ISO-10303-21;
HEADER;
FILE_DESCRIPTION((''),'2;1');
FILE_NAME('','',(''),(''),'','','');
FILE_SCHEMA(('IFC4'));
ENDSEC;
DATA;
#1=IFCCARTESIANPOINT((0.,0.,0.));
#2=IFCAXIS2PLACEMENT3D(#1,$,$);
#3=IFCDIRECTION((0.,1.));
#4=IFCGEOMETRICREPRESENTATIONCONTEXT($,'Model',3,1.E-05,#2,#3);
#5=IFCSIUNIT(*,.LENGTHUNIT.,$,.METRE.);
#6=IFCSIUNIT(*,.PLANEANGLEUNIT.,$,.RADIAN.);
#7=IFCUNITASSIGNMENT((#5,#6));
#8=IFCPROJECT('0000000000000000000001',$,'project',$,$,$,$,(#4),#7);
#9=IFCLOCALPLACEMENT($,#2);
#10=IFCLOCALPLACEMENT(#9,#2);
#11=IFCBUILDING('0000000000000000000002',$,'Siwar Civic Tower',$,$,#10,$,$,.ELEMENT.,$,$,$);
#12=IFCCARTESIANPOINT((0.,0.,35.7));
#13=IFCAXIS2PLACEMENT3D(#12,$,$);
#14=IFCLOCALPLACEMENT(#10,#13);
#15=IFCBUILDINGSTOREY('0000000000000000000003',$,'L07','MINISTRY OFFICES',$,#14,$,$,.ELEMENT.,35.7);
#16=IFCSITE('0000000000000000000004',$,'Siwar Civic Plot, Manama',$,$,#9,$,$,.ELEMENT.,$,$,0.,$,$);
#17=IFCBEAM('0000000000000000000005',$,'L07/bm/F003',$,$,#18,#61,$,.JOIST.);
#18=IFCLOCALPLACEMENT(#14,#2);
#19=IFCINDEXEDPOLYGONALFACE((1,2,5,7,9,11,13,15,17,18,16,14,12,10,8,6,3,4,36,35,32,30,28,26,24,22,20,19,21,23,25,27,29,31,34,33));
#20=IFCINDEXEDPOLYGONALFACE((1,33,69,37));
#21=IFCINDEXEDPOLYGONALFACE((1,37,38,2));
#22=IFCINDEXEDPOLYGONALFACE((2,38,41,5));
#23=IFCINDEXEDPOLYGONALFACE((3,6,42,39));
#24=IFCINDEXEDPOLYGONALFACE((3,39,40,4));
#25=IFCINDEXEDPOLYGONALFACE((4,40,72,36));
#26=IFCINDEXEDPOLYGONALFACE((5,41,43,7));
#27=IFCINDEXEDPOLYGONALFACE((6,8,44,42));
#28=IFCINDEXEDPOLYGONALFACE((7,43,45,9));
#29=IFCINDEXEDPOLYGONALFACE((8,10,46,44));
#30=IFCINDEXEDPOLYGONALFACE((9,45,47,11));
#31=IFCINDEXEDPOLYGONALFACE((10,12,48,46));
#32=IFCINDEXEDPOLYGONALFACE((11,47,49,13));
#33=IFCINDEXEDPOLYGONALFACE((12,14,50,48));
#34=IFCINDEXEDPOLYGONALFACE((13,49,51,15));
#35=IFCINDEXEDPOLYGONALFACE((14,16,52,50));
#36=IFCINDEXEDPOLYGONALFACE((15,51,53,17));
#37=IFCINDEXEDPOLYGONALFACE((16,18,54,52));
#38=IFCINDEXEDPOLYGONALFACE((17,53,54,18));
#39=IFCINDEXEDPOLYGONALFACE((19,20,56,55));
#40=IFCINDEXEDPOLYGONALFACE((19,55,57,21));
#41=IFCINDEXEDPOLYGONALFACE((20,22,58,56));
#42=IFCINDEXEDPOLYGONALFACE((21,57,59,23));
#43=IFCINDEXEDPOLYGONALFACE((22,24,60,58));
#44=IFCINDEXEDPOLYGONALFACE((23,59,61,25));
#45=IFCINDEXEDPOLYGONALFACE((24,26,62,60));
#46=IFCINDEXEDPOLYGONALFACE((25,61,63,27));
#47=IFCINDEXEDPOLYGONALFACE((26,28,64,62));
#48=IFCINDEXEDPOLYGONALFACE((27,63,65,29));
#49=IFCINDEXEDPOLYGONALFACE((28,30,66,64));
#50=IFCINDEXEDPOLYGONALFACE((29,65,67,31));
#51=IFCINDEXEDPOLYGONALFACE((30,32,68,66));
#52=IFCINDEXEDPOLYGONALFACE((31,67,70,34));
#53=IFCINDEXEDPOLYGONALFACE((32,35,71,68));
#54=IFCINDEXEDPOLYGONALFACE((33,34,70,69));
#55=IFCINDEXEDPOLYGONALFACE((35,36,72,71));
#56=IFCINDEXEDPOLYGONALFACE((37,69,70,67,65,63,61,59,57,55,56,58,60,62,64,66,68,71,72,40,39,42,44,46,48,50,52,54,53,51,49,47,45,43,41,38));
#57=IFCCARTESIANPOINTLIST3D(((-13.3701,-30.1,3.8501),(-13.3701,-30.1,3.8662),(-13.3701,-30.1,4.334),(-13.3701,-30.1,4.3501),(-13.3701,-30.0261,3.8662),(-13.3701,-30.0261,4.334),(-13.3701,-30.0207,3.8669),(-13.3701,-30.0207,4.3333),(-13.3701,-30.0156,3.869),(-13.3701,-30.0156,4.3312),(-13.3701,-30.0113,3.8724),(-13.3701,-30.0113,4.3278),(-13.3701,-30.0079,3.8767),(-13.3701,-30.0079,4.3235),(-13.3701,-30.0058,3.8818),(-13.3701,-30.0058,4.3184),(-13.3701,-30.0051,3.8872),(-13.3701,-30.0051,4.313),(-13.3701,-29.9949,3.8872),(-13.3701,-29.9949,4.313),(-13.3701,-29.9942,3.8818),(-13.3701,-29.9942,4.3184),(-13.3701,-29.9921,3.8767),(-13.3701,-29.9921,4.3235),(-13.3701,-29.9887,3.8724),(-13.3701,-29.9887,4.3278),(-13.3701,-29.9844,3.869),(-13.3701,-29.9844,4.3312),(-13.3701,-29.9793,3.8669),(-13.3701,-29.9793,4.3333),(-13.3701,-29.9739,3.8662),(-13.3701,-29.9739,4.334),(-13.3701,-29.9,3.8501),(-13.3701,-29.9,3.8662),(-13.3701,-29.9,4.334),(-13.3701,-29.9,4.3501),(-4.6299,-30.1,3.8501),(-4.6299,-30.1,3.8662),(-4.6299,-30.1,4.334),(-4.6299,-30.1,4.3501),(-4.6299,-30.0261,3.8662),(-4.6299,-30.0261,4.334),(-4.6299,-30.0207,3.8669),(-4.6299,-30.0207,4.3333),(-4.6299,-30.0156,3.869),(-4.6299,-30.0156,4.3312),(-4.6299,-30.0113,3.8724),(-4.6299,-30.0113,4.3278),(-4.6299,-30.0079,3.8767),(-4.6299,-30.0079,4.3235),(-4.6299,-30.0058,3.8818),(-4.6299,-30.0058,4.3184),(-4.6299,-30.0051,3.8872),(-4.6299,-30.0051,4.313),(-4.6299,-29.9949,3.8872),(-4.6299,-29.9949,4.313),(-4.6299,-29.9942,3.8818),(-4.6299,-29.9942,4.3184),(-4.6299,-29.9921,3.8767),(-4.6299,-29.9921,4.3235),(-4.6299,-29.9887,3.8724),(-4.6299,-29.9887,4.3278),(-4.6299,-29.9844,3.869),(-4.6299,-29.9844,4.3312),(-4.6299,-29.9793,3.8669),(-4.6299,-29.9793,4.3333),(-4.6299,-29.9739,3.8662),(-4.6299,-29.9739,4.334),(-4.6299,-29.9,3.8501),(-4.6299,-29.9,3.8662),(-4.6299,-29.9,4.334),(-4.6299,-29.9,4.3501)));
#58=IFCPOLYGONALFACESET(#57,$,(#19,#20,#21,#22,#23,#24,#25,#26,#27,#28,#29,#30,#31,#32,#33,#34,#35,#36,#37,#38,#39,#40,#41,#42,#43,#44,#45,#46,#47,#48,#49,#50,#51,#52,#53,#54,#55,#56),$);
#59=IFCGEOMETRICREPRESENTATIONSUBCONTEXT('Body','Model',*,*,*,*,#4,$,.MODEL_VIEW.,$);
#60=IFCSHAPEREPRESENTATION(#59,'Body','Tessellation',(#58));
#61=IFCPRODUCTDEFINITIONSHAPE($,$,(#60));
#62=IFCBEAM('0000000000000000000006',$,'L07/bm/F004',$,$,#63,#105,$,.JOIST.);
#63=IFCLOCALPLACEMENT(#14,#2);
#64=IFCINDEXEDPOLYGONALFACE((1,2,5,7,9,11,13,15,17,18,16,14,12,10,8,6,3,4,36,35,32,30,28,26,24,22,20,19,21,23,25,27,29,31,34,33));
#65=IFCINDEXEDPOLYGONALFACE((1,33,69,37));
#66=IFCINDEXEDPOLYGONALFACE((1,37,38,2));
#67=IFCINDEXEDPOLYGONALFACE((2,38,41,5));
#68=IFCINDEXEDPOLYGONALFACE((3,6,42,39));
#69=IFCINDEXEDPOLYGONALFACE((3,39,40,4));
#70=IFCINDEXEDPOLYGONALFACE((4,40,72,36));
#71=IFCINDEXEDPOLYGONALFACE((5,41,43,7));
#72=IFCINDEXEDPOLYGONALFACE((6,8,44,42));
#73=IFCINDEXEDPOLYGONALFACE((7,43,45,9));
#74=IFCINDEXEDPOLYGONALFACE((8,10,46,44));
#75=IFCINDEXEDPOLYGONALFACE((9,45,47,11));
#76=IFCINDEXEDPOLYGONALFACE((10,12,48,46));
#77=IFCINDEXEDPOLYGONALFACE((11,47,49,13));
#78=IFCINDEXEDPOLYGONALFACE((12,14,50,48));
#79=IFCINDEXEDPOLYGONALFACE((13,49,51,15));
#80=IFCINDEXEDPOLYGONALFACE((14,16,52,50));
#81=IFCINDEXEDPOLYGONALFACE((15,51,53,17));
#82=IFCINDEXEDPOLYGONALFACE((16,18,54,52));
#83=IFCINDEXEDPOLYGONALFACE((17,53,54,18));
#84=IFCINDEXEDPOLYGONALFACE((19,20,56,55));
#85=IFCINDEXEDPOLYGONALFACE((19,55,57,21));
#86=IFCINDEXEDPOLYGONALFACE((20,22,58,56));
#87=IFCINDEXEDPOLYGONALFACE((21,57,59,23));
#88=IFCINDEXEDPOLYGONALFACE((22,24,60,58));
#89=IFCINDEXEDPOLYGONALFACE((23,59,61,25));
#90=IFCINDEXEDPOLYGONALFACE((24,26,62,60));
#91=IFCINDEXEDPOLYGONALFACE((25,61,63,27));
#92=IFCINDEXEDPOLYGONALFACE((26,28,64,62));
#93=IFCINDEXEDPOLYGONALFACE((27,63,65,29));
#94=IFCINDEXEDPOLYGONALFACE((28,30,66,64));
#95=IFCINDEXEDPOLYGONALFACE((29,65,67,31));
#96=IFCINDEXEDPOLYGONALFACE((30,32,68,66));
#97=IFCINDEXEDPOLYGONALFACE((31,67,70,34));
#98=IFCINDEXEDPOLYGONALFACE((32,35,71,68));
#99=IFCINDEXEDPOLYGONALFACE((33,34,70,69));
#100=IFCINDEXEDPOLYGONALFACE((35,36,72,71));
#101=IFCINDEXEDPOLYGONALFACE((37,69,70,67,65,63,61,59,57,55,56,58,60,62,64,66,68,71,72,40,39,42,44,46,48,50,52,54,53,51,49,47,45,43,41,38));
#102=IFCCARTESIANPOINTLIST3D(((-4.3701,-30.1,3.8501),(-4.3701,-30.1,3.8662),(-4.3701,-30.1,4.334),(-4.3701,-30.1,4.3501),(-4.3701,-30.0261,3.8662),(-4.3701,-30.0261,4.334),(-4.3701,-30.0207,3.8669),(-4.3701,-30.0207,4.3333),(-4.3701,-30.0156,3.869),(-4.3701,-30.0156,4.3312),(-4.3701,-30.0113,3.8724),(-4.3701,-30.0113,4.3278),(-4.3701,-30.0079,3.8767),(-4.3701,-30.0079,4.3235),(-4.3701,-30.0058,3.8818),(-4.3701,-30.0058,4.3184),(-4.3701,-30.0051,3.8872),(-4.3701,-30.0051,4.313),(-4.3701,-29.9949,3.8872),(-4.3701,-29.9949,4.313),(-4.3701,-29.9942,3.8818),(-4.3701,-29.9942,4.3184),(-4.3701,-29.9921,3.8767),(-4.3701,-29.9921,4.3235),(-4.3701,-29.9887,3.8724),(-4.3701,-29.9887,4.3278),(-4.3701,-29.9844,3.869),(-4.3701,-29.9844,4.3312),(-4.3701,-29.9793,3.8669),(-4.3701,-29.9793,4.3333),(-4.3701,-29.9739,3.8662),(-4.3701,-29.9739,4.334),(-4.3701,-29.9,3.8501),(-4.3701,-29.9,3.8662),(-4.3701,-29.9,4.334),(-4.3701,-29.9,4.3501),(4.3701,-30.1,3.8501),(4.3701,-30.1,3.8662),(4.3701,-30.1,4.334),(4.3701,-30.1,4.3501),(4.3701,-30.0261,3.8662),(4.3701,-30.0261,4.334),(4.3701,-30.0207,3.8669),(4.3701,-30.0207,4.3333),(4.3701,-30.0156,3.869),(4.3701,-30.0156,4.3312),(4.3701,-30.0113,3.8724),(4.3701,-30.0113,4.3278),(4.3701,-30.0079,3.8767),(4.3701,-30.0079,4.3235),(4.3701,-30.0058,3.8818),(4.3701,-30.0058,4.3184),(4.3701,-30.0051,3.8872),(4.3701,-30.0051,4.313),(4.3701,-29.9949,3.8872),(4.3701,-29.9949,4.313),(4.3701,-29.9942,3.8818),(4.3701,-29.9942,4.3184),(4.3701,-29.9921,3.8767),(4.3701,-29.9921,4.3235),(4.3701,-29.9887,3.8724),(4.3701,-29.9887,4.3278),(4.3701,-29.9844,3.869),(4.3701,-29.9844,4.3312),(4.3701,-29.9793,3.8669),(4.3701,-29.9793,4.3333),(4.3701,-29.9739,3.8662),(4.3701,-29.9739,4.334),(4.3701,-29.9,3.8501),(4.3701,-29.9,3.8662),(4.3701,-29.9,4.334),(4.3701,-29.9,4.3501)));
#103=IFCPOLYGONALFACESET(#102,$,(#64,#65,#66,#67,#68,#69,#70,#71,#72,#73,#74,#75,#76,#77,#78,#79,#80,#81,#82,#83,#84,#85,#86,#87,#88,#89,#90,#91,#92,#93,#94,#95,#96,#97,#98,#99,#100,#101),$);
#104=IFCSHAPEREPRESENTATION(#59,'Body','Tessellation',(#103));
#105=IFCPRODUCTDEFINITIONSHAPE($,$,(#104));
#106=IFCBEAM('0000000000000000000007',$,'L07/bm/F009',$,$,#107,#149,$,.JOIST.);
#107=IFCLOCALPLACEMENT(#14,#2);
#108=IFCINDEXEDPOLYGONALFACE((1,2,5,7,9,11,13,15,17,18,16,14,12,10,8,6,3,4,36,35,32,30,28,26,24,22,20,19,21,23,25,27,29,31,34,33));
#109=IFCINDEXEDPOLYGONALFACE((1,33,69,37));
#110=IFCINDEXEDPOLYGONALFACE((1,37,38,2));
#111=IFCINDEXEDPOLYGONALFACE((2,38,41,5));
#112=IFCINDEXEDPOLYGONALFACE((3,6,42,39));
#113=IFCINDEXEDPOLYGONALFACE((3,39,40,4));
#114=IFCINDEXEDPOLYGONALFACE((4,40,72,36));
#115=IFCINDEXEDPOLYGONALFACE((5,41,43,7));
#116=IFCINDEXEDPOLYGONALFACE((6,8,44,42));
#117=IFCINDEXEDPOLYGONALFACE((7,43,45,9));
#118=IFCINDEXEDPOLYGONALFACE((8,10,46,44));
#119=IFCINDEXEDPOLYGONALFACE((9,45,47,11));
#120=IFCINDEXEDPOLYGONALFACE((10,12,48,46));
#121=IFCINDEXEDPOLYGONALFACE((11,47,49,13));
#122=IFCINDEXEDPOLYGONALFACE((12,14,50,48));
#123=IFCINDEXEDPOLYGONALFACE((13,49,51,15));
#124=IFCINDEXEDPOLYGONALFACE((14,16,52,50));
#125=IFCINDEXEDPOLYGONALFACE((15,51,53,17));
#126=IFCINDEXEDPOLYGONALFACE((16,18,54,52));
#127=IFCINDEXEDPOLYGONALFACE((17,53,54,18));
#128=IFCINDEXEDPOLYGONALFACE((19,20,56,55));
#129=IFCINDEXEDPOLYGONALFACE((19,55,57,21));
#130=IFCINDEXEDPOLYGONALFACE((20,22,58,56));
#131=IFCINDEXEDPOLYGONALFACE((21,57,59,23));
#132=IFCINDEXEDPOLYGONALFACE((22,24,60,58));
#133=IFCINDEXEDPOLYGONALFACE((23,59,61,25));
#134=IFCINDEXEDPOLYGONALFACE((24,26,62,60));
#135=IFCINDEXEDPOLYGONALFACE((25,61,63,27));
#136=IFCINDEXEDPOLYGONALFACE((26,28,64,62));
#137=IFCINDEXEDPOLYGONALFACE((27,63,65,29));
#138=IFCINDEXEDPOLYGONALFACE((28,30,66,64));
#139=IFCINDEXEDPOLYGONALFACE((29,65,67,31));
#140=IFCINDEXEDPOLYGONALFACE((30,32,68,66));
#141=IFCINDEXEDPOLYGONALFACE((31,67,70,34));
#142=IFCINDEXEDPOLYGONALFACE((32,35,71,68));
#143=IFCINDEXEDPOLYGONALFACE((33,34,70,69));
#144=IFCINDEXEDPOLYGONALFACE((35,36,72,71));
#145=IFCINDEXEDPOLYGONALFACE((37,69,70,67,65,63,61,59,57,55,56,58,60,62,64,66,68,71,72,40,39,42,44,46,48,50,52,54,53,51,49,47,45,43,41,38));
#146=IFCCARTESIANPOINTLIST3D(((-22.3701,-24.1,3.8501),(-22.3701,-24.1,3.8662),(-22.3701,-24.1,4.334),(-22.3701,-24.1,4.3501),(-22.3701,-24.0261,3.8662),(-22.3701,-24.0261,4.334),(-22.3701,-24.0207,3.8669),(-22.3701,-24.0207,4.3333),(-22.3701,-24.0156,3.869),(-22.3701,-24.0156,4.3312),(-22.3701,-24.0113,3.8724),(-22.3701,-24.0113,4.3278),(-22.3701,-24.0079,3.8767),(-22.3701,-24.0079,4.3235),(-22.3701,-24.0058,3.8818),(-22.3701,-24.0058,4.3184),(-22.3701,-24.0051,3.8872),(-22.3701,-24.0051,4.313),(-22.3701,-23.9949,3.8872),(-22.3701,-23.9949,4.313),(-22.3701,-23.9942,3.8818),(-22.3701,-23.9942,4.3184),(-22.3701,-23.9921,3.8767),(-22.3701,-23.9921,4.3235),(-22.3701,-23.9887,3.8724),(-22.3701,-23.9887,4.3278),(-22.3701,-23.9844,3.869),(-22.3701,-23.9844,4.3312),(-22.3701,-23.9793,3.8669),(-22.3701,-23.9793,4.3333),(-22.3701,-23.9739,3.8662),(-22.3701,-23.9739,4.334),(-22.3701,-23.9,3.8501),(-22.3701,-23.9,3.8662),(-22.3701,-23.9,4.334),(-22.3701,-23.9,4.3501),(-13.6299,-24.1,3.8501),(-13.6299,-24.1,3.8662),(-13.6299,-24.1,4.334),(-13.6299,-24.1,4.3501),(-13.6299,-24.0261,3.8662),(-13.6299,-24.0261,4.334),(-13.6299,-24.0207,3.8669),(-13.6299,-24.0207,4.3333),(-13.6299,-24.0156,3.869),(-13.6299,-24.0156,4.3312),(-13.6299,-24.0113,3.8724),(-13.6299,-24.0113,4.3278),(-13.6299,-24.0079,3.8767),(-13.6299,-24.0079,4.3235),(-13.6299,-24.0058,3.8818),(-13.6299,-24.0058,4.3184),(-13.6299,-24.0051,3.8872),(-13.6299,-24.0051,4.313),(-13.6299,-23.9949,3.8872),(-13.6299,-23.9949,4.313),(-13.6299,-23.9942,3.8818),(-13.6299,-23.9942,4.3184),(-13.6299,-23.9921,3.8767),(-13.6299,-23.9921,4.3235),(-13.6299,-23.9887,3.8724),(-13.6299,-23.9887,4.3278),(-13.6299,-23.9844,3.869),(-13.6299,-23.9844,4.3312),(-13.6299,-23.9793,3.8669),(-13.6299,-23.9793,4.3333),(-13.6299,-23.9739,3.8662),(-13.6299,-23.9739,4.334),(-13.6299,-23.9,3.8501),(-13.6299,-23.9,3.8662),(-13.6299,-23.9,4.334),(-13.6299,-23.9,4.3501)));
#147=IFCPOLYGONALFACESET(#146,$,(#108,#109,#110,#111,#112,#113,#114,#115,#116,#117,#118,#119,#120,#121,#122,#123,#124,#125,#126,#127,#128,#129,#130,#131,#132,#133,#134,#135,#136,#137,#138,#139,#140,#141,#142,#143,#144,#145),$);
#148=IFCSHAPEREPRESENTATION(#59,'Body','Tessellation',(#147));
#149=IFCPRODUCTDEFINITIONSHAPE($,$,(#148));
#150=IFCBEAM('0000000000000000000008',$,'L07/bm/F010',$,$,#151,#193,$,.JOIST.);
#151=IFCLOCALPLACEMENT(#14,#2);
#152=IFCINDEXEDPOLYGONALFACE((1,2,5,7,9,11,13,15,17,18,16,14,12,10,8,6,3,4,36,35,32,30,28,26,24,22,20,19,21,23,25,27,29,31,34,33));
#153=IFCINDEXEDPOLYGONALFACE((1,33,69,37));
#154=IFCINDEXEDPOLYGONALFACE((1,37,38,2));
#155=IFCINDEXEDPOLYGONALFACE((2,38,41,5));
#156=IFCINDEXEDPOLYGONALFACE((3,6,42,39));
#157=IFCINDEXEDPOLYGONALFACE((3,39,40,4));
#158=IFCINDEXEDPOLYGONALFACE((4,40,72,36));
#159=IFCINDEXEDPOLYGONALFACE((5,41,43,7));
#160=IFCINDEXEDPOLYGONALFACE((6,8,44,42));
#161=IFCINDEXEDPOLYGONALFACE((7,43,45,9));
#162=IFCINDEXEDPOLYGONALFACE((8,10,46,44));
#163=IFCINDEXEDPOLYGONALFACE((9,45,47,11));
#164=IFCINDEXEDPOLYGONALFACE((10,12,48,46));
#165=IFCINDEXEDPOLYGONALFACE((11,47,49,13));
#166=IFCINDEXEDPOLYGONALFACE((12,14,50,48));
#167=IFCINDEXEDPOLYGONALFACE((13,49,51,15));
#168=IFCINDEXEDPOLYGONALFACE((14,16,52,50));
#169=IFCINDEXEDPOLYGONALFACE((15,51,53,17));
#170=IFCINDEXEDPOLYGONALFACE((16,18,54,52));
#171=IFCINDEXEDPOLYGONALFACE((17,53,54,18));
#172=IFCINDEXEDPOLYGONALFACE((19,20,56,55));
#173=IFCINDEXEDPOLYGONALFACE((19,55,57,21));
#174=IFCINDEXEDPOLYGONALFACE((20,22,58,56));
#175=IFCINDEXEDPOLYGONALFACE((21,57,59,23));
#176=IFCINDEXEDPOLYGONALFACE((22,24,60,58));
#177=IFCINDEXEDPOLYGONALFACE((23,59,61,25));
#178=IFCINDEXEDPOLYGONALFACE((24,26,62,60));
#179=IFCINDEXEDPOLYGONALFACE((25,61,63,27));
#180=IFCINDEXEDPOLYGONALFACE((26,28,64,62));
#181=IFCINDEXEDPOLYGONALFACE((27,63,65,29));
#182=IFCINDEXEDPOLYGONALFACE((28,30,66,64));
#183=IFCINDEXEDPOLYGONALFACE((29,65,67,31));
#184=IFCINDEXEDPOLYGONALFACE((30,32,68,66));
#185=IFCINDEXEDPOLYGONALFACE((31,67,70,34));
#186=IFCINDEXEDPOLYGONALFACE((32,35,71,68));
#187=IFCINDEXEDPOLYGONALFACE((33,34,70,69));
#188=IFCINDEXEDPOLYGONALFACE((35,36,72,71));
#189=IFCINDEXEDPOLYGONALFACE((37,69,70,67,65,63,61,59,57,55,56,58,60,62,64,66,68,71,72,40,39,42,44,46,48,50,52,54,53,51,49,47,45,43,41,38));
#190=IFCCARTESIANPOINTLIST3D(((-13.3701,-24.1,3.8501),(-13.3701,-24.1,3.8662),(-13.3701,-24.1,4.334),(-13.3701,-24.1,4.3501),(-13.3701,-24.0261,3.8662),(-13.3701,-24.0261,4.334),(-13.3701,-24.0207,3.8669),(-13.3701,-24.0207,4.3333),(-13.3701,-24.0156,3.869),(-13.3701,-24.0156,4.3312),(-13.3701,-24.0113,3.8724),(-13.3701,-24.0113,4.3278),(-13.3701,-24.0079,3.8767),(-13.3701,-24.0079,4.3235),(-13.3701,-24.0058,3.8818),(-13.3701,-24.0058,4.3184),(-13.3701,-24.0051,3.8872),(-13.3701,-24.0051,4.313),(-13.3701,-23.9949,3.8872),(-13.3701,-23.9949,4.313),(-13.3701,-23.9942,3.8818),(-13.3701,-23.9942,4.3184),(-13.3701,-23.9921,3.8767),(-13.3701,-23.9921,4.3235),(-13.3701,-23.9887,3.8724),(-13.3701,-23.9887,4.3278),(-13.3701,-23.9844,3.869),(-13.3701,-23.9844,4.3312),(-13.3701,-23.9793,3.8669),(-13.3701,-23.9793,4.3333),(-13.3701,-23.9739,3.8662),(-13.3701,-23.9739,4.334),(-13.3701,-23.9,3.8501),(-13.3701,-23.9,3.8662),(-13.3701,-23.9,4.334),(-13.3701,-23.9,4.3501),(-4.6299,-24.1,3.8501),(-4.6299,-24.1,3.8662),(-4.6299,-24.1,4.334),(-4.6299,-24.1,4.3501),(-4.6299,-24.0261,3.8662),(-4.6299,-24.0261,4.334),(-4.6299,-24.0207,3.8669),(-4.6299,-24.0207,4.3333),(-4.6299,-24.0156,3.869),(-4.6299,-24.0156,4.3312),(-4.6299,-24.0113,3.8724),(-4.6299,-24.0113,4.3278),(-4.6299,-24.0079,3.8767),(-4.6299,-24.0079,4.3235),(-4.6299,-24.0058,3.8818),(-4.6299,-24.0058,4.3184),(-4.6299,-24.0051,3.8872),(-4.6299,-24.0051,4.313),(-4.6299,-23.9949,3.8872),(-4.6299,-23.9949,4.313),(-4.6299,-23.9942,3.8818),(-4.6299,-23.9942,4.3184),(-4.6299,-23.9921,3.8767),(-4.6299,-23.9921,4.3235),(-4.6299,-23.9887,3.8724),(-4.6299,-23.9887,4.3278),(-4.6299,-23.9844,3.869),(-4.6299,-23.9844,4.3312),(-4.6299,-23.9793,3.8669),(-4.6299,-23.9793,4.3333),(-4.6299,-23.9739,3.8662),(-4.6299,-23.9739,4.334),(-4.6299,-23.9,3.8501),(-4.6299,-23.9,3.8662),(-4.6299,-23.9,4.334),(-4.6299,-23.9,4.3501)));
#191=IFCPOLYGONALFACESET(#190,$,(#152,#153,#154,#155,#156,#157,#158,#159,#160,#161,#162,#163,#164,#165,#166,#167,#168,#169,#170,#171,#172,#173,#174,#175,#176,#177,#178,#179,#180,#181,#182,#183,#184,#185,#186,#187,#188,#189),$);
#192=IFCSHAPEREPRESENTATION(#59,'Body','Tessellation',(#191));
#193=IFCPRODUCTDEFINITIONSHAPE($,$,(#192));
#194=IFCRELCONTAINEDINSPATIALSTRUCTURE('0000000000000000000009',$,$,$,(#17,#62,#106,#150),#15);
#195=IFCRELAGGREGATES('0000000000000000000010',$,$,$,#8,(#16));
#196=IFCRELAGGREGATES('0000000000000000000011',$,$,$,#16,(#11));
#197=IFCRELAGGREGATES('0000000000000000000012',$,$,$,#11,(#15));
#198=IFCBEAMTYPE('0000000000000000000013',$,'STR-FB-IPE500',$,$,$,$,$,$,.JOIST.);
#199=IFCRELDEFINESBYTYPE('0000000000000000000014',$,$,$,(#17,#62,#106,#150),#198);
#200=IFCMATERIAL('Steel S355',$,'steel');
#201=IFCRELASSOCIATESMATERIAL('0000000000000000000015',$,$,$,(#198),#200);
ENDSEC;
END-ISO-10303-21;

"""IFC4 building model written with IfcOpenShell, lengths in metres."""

from ifc_helpers import new_model, si_unit, direction, frame, origin, origin_2d, place, context, subcontext, project, spatial, i_section, extrude, material, material_profile, profile_set, type_object, element, save


model = new_model("IFC4")

# Units and contexts
model_context = context("Model", 3, precision=1e-05, world=origin(), true_north=direction((0.0, 1.0)))
body_context = subcontext(model_context, "Body", "Model", "MODEL_VIEW")
ifc_project = project(units=[si_unit("LENGTHUNIT", "METRE"), si_unit("PLANEANGLEUNIT", "RADIAN")], contexts=[model_context])

# Site, building, storey
site_placement = place(None, origin())
site = spatial("IfcSite", under=ifc_project, at=site_placement, Name="Siwar Civic Plot, Manama", CompositionType="ELEMENT", RefElevation=0.0)
building_placement = place(site_placement, origin())
building = spatial("IfcBuilding", under=site, at=building_placement, Name="Siwar Civic Tower", CompositionType="ELEMENT")
storey_placement = place(building_placement, frame((0.0, 0.0, 35.7)))
storey = spatial("IfcBuildingStorey", under=building, at=storey_placement, Name="L07", Description="MINISTRY OFFICES", CompositionType="ELEMENT", Elevation=35.7)

# Beams
ifc_material_1 = material(Name="Steel S355", Category="steel")
ifc_material_profile_1 = material_profile(ifc_material_1, i_section(OverallWidth=0.2, OverallDepth=0.5, WebThickness=0.0103, FlangeThickness=0.0161, FilletRadius=0.021, at=origin_2d()), Name="IPE500")
ifc_profile_set_1 = profile_set([ifc_material_profile_1], Name="Steel S355")
beam_type_1 = type_object("IfcBeamType", Name="STR-FB-IPE500", PredefinedType="JOIST", material=ifc_profile_set_1)
for number, where, z_axis, x_axis, name in (
    (1, (-13.3701, -30.0, 4.1001), (1.0, 0.0, 0.0), (0.0, 1.0, 0.0), "L07/bm/F003"),
    (2, (-4.3701, -30.0, 4.1001), (1.0, 0.0, 0.0), (0.0, 1.0, 0.0), "L07/bm/F004"),
    (3, (-22.3701, -24.0, 4.1001), (1.0, 0.0, 0.0), (0.0, 1.0, 0.0), "L07/bm/F009"),
    (4, (-13.3701, -24.0, 4.1001), (1.0, 0.0, 0.0), (0.0, 1.0, 0.0), "L07/bm/F010"),
):
    element("IfcBeam", number, at=place(storey_placement, frame(where, z_axis=z_axis, x_axis=x_axis)), inside=storey, type_object=beam_type_1, Name=name, PredefinedType="JOIST", context=body_context, shape_type="SweptSolid", body=[
        extrude(i_section(OverallWidth=0.2, OverallDepth=0.5, WebThickness=0.0103, FlangeThickness=0.0161, FilletRadius=0.021, at=origin_2d()), origin(), (0.0, 0.0, 1.0), 8.7402),
    ])

save(model, "model.ifc")
